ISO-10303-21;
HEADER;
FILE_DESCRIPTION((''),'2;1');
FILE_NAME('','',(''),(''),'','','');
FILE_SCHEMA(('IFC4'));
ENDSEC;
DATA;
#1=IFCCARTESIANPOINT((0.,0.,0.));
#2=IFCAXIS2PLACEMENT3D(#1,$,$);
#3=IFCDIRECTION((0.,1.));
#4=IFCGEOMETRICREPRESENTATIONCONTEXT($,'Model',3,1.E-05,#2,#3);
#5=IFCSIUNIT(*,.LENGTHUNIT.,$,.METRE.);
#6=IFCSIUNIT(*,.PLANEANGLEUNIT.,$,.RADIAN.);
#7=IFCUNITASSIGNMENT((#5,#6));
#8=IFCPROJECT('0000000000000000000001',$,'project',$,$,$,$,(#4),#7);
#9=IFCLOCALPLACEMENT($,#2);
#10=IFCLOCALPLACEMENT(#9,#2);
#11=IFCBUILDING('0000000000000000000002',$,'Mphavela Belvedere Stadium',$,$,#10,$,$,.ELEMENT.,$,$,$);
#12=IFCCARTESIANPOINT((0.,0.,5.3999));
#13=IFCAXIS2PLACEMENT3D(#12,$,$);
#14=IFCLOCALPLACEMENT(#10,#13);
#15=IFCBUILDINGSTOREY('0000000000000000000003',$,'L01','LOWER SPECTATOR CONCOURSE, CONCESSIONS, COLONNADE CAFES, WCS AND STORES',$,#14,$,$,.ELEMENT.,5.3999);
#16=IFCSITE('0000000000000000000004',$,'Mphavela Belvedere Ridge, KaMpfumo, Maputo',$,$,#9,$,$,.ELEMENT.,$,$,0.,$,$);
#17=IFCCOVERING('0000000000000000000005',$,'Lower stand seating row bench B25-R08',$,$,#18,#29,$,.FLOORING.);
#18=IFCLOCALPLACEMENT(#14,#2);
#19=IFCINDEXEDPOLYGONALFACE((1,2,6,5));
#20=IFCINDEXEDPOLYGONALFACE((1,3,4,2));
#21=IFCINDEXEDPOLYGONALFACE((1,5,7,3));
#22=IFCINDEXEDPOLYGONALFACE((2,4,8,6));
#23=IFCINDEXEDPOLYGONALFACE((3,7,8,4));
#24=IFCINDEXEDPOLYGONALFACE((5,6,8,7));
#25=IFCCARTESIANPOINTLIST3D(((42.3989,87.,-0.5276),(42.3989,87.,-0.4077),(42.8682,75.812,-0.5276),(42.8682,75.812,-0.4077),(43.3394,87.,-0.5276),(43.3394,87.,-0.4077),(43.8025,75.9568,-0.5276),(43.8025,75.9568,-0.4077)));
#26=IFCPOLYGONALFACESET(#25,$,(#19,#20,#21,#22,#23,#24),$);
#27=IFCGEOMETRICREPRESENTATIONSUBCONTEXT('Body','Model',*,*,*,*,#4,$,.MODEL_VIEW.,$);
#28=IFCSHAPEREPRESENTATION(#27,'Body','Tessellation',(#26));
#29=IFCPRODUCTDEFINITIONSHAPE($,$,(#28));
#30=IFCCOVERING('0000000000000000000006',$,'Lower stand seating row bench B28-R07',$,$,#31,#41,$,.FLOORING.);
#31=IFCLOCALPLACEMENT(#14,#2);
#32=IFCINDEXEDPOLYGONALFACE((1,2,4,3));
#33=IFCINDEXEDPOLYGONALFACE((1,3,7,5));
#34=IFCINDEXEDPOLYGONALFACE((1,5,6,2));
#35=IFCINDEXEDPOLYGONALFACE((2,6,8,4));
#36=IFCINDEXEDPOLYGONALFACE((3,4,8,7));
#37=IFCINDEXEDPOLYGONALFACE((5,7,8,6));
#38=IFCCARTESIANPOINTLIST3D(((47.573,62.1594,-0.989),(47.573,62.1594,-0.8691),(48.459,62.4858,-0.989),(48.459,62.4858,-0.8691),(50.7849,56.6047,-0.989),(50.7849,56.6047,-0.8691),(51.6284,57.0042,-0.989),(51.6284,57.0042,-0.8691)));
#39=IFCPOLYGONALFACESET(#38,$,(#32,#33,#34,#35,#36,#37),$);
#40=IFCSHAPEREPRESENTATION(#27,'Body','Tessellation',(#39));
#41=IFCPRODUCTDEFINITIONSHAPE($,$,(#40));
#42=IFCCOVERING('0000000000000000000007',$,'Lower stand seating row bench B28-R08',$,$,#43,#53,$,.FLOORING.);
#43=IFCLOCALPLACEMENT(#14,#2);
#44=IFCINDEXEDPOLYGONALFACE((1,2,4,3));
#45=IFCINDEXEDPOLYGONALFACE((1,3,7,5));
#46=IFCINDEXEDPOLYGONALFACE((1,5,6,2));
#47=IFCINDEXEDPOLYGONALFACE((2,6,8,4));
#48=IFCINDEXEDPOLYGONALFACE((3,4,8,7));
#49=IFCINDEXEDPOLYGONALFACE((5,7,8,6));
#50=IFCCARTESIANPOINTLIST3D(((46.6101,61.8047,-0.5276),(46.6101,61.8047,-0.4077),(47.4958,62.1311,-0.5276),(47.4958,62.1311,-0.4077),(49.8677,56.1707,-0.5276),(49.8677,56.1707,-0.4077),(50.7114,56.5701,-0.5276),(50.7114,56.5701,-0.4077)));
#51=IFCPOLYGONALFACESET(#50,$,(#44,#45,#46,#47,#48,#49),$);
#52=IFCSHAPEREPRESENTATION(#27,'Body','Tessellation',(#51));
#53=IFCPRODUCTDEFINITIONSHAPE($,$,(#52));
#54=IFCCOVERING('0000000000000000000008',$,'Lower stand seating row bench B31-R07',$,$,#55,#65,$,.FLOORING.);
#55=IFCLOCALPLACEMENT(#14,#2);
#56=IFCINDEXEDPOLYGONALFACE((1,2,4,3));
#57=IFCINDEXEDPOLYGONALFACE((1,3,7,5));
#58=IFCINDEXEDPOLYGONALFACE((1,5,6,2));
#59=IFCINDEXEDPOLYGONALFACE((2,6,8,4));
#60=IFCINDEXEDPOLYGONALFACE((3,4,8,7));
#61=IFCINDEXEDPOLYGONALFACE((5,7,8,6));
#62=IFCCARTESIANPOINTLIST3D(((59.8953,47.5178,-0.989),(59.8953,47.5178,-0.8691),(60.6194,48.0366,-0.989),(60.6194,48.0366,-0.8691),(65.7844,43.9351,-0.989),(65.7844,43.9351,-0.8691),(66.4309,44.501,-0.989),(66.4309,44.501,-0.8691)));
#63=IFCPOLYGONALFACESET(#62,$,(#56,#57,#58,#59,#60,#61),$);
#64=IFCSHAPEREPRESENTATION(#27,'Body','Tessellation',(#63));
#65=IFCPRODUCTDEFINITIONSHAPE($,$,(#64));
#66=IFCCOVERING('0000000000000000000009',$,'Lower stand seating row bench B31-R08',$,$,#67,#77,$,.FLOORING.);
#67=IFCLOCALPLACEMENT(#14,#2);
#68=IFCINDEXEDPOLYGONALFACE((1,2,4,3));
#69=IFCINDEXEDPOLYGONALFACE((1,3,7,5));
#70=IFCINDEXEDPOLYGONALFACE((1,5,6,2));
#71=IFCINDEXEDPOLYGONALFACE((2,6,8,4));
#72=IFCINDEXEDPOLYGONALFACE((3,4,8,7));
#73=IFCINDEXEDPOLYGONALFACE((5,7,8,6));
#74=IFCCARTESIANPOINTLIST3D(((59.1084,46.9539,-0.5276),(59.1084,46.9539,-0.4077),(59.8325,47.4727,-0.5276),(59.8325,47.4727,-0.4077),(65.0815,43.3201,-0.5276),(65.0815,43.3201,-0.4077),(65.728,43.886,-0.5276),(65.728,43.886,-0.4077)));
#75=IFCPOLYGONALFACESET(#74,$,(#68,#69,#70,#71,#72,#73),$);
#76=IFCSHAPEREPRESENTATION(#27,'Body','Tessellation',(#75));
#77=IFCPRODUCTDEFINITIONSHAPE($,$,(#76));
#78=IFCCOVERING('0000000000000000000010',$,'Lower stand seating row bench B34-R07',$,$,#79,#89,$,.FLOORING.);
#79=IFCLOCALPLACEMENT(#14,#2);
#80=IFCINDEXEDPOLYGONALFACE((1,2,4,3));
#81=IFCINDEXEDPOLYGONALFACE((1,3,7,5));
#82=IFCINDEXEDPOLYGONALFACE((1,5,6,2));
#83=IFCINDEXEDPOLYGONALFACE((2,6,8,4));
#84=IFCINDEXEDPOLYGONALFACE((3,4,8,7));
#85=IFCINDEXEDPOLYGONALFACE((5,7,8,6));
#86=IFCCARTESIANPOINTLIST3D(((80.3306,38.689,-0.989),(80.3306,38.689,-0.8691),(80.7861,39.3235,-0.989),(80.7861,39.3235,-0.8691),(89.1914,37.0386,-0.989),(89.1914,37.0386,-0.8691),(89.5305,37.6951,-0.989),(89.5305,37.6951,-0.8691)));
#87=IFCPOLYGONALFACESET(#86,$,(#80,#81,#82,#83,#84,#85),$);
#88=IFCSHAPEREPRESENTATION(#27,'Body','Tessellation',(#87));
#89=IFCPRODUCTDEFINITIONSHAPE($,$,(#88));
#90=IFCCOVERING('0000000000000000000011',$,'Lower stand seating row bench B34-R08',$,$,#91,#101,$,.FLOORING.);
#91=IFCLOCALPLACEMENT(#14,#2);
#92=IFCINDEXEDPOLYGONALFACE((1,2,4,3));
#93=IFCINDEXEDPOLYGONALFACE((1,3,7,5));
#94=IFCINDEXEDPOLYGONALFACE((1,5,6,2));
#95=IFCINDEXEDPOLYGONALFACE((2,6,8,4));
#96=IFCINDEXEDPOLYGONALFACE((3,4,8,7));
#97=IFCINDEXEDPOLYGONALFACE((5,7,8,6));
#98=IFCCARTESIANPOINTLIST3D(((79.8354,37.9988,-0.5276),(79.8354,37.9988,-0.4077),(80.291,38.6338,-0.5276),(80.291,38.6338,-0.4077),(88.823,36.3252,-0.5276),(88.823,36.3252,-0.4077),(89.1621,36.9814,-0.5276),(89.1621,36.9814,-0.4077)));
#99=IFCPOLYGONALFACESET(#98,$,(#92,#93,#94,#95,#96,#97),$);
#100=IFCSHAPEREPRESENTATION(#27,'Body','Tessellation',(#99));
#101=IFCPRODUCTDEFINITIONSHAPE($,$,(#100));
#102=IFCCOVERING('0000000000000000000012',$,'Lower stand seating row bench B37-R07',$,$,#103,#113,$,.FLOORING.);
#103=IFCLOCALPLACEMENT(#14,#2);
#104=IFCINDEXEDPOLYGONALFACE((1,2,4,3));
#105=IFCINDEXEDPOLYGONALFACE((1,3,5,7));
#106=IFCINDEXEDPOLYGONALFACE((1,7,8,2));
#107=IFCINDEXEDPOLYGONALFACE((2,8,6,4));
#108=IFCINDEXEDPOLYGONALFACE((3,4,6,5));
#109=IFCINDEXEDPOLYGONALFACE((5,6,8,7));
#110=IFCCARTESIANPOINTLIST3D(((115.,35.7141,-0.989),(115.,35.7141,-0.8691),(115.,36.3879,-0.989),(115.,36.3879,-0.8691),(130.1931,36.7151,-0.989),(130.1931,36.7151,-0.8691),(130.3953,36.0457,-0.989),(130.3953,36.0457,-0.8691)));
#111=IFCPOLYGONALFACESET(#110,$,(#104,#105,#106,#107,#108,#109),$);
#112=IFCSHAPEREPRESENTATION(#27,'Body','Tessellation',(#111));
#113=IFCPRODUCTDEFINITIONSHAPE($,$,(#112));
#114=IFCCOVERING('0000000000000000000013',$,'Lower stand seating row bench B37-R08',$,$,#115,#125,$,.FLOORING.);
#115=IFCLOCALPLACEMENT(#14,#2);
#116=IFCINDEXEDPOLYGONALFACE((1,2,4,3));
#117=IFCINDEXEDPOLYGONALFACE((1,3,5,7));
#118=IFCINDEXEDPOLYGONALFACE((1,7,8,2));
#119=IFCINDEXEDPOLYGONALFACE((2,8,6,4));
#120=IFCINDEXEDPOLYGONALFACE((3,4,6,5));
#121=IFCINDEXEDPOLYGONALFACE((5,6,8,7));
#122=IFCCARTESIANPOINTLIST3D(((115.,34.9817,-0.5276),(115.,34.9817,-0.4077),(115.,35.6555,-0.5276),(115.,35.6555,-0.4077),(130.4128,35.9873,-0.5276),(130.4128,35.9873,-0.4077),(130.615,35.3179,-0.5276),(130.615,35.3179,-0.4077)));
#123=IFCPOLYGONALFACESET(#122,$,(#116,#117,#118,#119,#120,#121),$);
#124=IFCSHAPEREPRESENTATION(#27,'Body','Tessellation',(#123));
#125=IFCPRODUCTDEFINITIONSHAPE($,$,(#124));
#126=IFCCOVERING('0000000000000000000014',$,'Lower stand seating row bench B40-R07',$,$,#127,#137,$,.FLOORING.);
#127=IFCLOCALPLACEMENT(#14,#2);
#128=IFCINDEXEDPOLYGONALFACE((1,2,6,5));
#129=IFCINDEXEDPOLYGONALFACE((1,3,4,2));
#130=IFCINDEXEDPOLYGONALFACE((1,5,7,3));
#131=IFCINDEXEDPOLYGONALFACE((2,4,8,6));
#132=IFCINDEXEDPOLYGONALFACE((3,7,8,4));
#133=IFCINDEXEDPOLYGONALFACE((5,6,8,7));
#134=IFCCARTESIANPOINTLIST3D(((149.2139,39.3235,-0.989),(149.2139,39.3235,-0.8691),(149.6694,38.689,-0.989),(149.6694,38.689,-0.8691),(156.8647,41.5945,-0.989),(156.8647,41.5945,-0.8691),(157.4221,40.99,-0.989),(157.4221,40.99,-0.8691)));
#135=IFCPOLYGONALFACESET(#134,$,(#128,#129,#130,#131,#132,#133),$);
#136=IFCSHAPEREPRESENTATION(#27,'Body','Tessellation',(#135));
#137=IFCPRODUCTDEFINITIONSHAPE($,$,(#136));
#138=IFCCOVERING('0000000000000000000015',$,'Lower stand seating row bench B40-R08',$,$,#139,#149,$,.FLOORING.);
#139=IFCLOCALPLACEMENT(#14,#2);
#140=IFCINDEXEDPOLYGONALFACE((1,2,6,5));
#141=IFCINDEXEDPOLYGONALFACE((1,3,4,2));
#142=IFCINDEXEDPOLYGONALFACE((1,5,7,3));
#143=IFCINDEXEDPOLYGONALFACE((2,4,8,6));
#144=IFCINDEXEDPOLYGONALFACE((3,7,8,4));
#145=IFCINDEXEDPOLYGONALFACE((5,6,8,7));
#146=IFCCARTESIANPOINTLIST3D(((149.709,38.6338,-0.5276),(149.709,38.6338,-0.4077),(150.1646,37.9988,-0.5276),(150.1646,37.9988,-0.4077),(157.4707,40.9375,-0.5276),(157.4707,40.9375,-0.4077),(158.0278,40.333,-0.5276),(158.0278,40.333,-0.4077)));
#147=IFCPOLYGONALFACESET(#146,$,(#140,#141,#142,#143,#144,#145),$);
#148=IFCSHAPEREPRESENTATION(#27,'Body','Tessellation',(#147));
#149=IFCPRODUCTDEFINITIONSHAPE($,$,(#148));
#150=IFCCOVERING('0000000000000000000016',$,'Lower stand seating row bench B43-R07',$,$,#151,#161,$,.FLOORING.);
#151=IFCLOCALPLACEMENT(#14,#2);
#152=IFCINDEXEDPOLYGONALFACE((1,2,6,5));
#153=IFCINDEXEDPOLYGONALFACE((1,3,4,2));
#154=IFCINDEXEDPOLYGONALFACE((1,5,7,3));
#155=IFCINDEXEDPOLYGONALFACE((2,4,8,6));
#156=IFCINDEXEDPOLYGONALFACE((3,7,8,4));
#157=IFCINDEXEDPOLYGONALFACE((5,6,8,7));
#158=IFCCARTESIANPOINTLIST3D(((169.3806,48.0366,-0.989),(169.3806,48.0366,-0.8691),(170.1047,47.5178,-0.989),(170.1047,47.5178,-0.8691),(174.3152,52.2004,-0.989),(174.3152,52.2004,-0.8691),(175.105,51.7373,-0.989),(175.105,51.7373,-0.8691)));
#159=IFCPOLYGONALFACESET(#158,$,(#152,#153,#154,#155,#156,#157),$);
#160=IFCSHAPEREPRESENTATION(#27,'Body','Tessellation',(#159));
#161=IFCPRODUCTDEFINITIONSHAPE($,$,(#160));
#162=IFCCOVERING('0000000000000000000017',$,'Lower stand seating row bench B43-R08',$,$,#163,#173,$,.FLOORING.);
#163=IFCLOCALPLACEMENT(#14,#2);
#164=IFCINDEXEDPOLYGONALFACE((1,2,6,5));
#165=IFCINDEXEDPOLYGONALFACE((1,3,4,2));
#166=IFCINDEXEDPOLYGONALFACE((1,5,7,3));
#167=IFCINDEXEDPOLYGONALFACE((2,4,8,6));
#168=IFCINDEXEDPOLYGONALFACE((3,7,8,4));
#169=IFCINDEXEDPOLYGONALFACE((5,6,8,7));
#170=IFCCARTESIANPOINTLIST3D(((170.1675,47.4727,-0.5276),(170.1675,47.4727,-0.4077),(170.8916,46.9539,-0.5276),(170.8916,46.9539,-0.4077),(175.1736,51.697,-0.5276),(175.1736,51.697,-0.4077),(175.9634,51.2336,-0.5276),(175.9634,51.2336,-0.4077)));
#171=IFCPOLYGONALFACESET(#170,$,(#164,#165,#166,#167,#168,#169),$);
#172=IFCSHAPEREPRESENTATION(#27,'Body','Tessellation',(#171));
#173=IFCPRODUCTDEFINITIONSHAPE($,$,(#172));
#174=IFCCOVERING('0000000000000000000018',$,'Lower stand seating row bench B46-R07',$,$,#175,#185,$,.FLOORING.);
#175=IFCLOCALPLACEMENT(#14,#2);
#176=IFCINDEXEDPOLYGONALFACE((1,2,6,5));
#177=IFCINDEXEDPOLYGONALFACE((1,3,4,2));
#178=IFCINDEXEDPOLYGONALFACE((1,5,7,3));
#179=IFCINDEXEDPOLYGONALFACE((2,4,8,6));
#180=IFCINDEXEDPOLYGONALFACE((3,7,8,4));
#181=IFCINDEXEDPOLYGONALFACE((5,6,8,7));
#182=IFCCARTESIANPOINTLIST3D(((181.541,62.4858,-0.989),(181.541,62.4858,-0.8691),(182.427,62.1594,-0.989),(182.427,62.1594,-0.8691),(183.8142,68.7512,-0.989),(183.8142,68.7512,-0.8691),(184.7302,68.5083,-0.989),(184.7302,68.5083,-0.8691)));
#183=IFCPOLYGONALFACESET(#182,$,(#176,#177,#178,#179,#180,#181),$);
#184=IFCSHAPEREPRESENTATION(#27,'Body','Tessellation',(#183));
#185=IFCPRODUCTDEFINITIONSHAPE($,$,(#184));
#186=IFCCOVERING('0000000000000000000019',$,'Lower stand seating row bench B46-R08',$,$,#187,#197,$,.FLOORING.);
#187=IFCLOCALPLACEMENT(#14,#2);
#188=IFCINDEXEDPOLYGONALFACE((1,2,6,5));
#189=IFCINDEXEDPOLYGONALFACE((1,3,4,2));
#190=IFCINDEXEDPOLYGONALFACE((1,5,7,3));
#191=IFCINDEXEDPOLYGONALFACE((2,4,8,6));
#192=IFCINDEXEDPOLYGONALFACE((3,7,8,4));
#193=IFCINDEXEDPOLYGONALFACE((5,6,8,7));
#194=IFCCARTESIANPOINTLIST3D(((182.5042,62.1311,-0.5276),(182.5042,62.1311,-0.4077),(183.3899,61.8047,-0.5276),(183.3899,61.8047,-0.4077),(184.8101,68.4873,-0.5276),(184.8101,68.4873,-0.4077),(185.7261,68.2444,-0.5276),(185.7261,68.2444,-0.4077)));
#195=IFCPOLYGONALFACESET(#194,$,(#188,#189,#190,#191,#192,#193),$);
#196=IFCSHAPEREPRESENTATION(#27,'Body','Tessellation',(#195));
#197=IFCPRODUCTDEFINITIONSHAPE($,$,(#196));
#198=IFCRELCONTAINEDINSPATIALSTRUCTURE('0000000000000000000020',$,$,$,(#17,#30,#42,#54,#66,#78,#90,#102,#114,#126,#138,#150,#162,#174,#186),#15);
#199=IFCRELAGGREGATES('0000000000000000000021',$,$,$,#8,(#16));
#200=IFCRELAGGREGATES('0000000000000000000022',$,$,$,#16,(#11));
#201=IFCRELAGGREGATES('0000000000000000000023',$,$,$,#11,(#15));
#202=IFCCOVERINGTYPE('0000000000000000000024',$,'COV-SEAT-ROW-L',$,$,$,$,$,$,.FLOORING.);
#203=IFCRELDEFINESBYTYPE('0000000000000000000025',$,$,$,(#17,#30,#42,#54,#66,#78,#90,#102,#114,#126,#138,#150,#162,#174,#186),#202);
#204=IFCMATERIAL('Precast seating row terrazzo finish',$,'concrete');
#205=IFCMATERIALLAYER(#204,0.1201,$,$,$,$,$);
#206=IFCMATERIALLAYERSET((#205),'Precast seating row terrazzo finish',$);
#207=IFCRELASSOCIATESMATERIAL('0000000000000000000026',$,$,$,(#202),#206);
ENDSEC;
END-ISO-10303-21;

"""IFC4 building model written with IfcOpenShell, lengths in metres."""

from ifc_helpers import new_model, si_unit, direction, frame, origin, place, context, subcontext, project, spatial, polyline, outline, extrude, material, layer, layer_set, type_object, element, save


model = new_model("IFC4")

# Units and contexts
model_context = context("Model", 3, precision=1e-05, world=origin(), true_north=direction((0.0, 1.0)))
body_context = subcontext(model_context, "Body", "Model", "MODEL_VIEW")
ifc_project = project(units=[si_unit("LENGTHUNIT", "METRE"), si_unit("PLANEANGLEUNIT", "RADIAN")], contexts=[model_context])

# Site, building, storey
site_placement = place(None, origin())
site = spatial("IfcSite", under=ifc_project, at=site_placement, Name="Mphavela Belvedere Ridge, KaMpfumo, Maputo", CompositionType="ELEMENT", RefElevation=0.0)
building_placement = place(site_placement, origin())
building = spatial("IfcBuilding", under=site, at=building_placement, Name="Mphavela Belvedere Stadium", CompositionType="ELEMENT")
storey_placement = place(building_placement, frame((0.0, 0.0, 5.3999)))
storey = spatial("IfcBuildingStorey", under=building, at=storey_placement, Name="L01", Description="LOWER SPECTATOR CONCOURSE, CONCESSIONS, COLONNADE CAFES, WCS AND STORES", CompositionType="ELEMENT", Elevation=5.3999)

# Coverings
ifc_material_1 = material(Name="Precast seating row terrazzo finish", Category="concrete")
ifc_layer_1 = layer(ifc_material_1, 0.1201)
ifc_layer_set_1 = layer_set([ifc_layer_1], Name="Precast seating row terrazzo finish")
covering_type = type_object("IfcCoveringType", Name="COV-SEAT-ROW-L", PredefinedType="FLOORING", material=ifc_layer_set_1)
covering_1_placement = place(storey_placement, frame((0.0, 0.0, -0.5276)))
element("IfcCovering", 1, at=covering_1_placement, inside=storey, type_object=covering_type, Name="Lower stand seating row bench B25-R08", PredefinedType="FLOORING", context=body_context, shape_type="SweptSolid", body=[
    extrude(outline(polyline([(43.3394, 87.0), (43.8025, 75.9568), (42.8682, 75.812), (42.3989, 87.0), (43.3394, 87.0)])), origin(), (0.0, 0.0, 1.0), 0.1199),
])
covering_2_placement = place(storey_placement, frame((0.0, 0.0, -0.989)))
element("IfcCovering", 2, at=covering_2_placement, inside=storey, type_object=covering_type, Name="Lower stand seating row bench B28-R07", PredefinedType="FLOORING", context=body_context, shape_type="SweptSolid", body=[
    extrude(outline(polyline([(48.459, 62.4858), (51.6284, 57.0042), (50.7849, 56.6047), (47.573, 62.1594), (48.459, 62.4858)])), origin(), (0.0, 0.0, 1.0), 0.1199),
])
covering_3_placement = place(storey_placement, frame((0.0, 0.0, -0.5276)))
element("IfcCovering", 3, at=covering_3_placement, inside=storey, type_object=covering_type, Name="Lower stand seating row bench B28-R08", PredefinedType="FLOORING", context=body_context, shape_type="SweptSolid", body=[
    extrude(outline(polyline([(47.4958, 62.1311), (50.7114, 56.5701), (49.8677, 56.1707), (46.6101, 61.8047), (47.4958, 62.1311)])), origin(), (0.0, 0.0, 1.0), 0.1199),
])
covering_4_placement = place(storey_placement, frame((0.0, 0.0, -0.989)))
element("IfcCovering", 4, at=covering_4_placement, inside=storey, type_object=covering_type, Name="Lower stand seating row bench B31-R07", PredefinedType="FLOORING", context=body_context, shape_type="SweptSolid", body=[
    extrude(outline(polyline([(60.6194, 48.0366), (66.4309, 44.501), (65.7844, 43.9351), (59.8953, 47.5178), (60.6194, 48.0366)])), origin(), (0.0, 0.0, 1.0), 0.1199),
])
covering_5_placement = place(storey_placement, frame((0.0, 0.0, -0.5276)))
element("IfcCovering", 5, at=covering_5_placement, inside=storey, type_object=covering_type, Name="Lower stand seating row bench B31-R08", PredefinedType="FLOORING", context=body_context, shape_type="SweptSolid", body=[
    extrude(outline(polyline([(59.8325, 47.4727), (65.728, 43.886), (65.0815, 43.3201), (59.1084, 46.9539), (59.8325, 47.4727)])), origin(), (0.0, 0.0, 1.0), 0.1199),
])
covering_6_placement = place(storey_placement, frame((0.0, 0.0, -0.989)))
element("IfcCovering", 6, at=covering_6_placement, inside=storey, type_object=covering_type, Name="Lower stand seating row bench B34-R07", PredefinedType="FLOORING", context=body_context, shape_type="SweptSolid", body=[
    extrude(outline(polyline([(80.7861, 39.3235), (89.5305, 37.6951), (89.1914, 37.0386), (80.3306, 38.689), (80.7861, 39.3235)])), origin(), (0.0, 0.0, 1.0), 0.1199),
])
covering_7_placement = place(storey_placement, frame((0.0, 0.0, -0.5276)))
element("IfcCovering", 7, at=covering_7_placement, inside=storey, type_object=covering_type, Name="Lower stand seating row bench B34-R08", PredefinedType="FLOORING", context=body_context, shape_type="SweptSolid", body=[
    extrude(outline(polyline([(80.291, 38.6338), (89.1621, 36.9814), (88.823, 36.3252), (79.8354, 37.9988), (80.291, 38.6338)])), origin(), (0.0, 0.0, 1.0), 0.1199),
])
covering_8_placement = place(storey_placement, frame((0.0, 0.0, -0.989)))
element("IfcCovering", 8, at=covering_8_placement, inside=storey, type_object=covering_type, Name="Lower stand seating row bench B37-R07", PredefinedType="FLOORING", context=body_context, shape_type="SweptSolid", body=[
    extrude(outline(polyline([(115.0, 36.3879), (130.1931, 36.7151), (130.3953, 36.0457), (115.0, 35.7141), (115.0, 36.3879)])), origin(), (0.0, 0.0, 1.0), 0.1199),
])
covering_9_placement = place(storey_placement, frame((0.0, 0.0, -0.5276)))
element("IfcCovering", 9, at=covering_9_placement, inside=storey, type_object=covering_type, Name="Lower stand seating row bench B37-R08", PredefinedType="FLOORING", context=body_context, shape_type="SweptSolid", body=[
    extrude(outline(polyline([(115.0, 35.6555), (130.4128, 35.9873), (130.615, 35.3179), (115.0, 34.9817), (115.0, 35.6555)])), origin(), (0.0, 0.0, 1.0), 0.1199),
])
covering_10_placement = place(storey_placement, frame((0.0, 0.0, -0.989)))
element("IfcCovering", 10, at=covering_10_placement, inside=storey, type_object=covering_type, Name="Lower stand seating row bench B40-R07", PredefinedType="FLOORING", context=body_context, shape_type="SweptSolid", body=[
    extrude(outline(polyline([(149.2139, 39.3235), (156.8647, 41.5945), (157.4221, 40.99), (149.6694, 38.689), (149.2139, 39.3235)])), origin(), (0.0, 0.0, 1.0), 0.1199),
])
covering_11_placement = place(storey_placement, frame((0.0, 0.0, -0.5276)))
element("IfcCovering", 11, at=covering_11_placement, inside=storey, type_object=covering_type, Name="Lower stand seating row bench B40-R08", PredefinedType="FLOORING", context=body_context, shape_type="SweptSolid", body=[
    extrude(outline(polyline([(149.709, 38.6338), (157.4707, 40.9375), (158.0278, 40.333), (150.1646, 37.9988), (149.709, 38.6338)])), origin(), (0.0, 0.0, 1.0), 0.1199),
])
covering_12_placement = place(storey_placement, frame((0.0, 0.0, -0.989)))
element("IfcCovering", 12, at=covering_12_placement, inside=storey, type_object=covering_type, Name="Lower stand seating row bench B43-R07", PredefinedType="FLOORING", context=body_context, shape_type="SweptSolid", body=[
    extrude(outline(polyline([(169.3806, 48.0366), (174.3152, 52.2004), (175.105, 51.7373), (170.1047, 47.5178), (169.3806, 48.0366)])), origin(), (0.0, 0.0, 1.0), 0.1199),
])
covering_13_placement = place(storey_placement, frame((0.0, 0.0, -0.5276)))
element("IfcCovering", 13, at=covering_13_placement, inside=storey, type_object=covering_type, Name="Lower stand seating row bench B43-R08", PredefinedType="FLOORING", context=body_context, shape_type="SweptSolid", body=[
    extrude(outline(polyline([(170.1675, 47.4727), (175.1736, 51.697), (175.9634, 51.2336), (170.8916, 46.9539), (170.1675, 47.4727)])), origin(), (0.0, 0.0, 1.0), 0.1199),
])
covering_14_placement = place(storey_placement, frame((0.0, 0.0, -0.989)))
element("IfcCovering", 14, at=covering_14_placement, inside=storey, type_object=covering_type, Name="Lower stand seating row bench B46-R07", PredefinedType="FLOORING", context=body_context, shape_type="SweptSolid", body=[
    extrude(outline(polyline([(181.541, 62.4858), (183.8142, 68.7512), (184.7302, 68.5083), (182.427, 62.1594), (181.541, 62.4858)])), origin(), (0.0, 0.0, 1.0), 0.1199),
])
covering_15_placement = place(storey_placement, frame((0.0, 0.0, -0.5276)))
element("IfcCovering", 15, at=covering_15_placement, inside=storey, type_object=covering_type, Name="Lower stand seating row bench B46-R08", PredefinedType="FLOORING", context=body_context, shape_type="SweptSolid", body=[
    extrude(outline(polyline([(182.5042, 62.1311), (184.8101, 68.4873), (185.7261, 68.2444), (183.3899, 61.8047), (182.5042, 62.1311)])), origin(), (0.0, 0.0, 1.0), 0.1199),
])

save(model, "model.ifc")
